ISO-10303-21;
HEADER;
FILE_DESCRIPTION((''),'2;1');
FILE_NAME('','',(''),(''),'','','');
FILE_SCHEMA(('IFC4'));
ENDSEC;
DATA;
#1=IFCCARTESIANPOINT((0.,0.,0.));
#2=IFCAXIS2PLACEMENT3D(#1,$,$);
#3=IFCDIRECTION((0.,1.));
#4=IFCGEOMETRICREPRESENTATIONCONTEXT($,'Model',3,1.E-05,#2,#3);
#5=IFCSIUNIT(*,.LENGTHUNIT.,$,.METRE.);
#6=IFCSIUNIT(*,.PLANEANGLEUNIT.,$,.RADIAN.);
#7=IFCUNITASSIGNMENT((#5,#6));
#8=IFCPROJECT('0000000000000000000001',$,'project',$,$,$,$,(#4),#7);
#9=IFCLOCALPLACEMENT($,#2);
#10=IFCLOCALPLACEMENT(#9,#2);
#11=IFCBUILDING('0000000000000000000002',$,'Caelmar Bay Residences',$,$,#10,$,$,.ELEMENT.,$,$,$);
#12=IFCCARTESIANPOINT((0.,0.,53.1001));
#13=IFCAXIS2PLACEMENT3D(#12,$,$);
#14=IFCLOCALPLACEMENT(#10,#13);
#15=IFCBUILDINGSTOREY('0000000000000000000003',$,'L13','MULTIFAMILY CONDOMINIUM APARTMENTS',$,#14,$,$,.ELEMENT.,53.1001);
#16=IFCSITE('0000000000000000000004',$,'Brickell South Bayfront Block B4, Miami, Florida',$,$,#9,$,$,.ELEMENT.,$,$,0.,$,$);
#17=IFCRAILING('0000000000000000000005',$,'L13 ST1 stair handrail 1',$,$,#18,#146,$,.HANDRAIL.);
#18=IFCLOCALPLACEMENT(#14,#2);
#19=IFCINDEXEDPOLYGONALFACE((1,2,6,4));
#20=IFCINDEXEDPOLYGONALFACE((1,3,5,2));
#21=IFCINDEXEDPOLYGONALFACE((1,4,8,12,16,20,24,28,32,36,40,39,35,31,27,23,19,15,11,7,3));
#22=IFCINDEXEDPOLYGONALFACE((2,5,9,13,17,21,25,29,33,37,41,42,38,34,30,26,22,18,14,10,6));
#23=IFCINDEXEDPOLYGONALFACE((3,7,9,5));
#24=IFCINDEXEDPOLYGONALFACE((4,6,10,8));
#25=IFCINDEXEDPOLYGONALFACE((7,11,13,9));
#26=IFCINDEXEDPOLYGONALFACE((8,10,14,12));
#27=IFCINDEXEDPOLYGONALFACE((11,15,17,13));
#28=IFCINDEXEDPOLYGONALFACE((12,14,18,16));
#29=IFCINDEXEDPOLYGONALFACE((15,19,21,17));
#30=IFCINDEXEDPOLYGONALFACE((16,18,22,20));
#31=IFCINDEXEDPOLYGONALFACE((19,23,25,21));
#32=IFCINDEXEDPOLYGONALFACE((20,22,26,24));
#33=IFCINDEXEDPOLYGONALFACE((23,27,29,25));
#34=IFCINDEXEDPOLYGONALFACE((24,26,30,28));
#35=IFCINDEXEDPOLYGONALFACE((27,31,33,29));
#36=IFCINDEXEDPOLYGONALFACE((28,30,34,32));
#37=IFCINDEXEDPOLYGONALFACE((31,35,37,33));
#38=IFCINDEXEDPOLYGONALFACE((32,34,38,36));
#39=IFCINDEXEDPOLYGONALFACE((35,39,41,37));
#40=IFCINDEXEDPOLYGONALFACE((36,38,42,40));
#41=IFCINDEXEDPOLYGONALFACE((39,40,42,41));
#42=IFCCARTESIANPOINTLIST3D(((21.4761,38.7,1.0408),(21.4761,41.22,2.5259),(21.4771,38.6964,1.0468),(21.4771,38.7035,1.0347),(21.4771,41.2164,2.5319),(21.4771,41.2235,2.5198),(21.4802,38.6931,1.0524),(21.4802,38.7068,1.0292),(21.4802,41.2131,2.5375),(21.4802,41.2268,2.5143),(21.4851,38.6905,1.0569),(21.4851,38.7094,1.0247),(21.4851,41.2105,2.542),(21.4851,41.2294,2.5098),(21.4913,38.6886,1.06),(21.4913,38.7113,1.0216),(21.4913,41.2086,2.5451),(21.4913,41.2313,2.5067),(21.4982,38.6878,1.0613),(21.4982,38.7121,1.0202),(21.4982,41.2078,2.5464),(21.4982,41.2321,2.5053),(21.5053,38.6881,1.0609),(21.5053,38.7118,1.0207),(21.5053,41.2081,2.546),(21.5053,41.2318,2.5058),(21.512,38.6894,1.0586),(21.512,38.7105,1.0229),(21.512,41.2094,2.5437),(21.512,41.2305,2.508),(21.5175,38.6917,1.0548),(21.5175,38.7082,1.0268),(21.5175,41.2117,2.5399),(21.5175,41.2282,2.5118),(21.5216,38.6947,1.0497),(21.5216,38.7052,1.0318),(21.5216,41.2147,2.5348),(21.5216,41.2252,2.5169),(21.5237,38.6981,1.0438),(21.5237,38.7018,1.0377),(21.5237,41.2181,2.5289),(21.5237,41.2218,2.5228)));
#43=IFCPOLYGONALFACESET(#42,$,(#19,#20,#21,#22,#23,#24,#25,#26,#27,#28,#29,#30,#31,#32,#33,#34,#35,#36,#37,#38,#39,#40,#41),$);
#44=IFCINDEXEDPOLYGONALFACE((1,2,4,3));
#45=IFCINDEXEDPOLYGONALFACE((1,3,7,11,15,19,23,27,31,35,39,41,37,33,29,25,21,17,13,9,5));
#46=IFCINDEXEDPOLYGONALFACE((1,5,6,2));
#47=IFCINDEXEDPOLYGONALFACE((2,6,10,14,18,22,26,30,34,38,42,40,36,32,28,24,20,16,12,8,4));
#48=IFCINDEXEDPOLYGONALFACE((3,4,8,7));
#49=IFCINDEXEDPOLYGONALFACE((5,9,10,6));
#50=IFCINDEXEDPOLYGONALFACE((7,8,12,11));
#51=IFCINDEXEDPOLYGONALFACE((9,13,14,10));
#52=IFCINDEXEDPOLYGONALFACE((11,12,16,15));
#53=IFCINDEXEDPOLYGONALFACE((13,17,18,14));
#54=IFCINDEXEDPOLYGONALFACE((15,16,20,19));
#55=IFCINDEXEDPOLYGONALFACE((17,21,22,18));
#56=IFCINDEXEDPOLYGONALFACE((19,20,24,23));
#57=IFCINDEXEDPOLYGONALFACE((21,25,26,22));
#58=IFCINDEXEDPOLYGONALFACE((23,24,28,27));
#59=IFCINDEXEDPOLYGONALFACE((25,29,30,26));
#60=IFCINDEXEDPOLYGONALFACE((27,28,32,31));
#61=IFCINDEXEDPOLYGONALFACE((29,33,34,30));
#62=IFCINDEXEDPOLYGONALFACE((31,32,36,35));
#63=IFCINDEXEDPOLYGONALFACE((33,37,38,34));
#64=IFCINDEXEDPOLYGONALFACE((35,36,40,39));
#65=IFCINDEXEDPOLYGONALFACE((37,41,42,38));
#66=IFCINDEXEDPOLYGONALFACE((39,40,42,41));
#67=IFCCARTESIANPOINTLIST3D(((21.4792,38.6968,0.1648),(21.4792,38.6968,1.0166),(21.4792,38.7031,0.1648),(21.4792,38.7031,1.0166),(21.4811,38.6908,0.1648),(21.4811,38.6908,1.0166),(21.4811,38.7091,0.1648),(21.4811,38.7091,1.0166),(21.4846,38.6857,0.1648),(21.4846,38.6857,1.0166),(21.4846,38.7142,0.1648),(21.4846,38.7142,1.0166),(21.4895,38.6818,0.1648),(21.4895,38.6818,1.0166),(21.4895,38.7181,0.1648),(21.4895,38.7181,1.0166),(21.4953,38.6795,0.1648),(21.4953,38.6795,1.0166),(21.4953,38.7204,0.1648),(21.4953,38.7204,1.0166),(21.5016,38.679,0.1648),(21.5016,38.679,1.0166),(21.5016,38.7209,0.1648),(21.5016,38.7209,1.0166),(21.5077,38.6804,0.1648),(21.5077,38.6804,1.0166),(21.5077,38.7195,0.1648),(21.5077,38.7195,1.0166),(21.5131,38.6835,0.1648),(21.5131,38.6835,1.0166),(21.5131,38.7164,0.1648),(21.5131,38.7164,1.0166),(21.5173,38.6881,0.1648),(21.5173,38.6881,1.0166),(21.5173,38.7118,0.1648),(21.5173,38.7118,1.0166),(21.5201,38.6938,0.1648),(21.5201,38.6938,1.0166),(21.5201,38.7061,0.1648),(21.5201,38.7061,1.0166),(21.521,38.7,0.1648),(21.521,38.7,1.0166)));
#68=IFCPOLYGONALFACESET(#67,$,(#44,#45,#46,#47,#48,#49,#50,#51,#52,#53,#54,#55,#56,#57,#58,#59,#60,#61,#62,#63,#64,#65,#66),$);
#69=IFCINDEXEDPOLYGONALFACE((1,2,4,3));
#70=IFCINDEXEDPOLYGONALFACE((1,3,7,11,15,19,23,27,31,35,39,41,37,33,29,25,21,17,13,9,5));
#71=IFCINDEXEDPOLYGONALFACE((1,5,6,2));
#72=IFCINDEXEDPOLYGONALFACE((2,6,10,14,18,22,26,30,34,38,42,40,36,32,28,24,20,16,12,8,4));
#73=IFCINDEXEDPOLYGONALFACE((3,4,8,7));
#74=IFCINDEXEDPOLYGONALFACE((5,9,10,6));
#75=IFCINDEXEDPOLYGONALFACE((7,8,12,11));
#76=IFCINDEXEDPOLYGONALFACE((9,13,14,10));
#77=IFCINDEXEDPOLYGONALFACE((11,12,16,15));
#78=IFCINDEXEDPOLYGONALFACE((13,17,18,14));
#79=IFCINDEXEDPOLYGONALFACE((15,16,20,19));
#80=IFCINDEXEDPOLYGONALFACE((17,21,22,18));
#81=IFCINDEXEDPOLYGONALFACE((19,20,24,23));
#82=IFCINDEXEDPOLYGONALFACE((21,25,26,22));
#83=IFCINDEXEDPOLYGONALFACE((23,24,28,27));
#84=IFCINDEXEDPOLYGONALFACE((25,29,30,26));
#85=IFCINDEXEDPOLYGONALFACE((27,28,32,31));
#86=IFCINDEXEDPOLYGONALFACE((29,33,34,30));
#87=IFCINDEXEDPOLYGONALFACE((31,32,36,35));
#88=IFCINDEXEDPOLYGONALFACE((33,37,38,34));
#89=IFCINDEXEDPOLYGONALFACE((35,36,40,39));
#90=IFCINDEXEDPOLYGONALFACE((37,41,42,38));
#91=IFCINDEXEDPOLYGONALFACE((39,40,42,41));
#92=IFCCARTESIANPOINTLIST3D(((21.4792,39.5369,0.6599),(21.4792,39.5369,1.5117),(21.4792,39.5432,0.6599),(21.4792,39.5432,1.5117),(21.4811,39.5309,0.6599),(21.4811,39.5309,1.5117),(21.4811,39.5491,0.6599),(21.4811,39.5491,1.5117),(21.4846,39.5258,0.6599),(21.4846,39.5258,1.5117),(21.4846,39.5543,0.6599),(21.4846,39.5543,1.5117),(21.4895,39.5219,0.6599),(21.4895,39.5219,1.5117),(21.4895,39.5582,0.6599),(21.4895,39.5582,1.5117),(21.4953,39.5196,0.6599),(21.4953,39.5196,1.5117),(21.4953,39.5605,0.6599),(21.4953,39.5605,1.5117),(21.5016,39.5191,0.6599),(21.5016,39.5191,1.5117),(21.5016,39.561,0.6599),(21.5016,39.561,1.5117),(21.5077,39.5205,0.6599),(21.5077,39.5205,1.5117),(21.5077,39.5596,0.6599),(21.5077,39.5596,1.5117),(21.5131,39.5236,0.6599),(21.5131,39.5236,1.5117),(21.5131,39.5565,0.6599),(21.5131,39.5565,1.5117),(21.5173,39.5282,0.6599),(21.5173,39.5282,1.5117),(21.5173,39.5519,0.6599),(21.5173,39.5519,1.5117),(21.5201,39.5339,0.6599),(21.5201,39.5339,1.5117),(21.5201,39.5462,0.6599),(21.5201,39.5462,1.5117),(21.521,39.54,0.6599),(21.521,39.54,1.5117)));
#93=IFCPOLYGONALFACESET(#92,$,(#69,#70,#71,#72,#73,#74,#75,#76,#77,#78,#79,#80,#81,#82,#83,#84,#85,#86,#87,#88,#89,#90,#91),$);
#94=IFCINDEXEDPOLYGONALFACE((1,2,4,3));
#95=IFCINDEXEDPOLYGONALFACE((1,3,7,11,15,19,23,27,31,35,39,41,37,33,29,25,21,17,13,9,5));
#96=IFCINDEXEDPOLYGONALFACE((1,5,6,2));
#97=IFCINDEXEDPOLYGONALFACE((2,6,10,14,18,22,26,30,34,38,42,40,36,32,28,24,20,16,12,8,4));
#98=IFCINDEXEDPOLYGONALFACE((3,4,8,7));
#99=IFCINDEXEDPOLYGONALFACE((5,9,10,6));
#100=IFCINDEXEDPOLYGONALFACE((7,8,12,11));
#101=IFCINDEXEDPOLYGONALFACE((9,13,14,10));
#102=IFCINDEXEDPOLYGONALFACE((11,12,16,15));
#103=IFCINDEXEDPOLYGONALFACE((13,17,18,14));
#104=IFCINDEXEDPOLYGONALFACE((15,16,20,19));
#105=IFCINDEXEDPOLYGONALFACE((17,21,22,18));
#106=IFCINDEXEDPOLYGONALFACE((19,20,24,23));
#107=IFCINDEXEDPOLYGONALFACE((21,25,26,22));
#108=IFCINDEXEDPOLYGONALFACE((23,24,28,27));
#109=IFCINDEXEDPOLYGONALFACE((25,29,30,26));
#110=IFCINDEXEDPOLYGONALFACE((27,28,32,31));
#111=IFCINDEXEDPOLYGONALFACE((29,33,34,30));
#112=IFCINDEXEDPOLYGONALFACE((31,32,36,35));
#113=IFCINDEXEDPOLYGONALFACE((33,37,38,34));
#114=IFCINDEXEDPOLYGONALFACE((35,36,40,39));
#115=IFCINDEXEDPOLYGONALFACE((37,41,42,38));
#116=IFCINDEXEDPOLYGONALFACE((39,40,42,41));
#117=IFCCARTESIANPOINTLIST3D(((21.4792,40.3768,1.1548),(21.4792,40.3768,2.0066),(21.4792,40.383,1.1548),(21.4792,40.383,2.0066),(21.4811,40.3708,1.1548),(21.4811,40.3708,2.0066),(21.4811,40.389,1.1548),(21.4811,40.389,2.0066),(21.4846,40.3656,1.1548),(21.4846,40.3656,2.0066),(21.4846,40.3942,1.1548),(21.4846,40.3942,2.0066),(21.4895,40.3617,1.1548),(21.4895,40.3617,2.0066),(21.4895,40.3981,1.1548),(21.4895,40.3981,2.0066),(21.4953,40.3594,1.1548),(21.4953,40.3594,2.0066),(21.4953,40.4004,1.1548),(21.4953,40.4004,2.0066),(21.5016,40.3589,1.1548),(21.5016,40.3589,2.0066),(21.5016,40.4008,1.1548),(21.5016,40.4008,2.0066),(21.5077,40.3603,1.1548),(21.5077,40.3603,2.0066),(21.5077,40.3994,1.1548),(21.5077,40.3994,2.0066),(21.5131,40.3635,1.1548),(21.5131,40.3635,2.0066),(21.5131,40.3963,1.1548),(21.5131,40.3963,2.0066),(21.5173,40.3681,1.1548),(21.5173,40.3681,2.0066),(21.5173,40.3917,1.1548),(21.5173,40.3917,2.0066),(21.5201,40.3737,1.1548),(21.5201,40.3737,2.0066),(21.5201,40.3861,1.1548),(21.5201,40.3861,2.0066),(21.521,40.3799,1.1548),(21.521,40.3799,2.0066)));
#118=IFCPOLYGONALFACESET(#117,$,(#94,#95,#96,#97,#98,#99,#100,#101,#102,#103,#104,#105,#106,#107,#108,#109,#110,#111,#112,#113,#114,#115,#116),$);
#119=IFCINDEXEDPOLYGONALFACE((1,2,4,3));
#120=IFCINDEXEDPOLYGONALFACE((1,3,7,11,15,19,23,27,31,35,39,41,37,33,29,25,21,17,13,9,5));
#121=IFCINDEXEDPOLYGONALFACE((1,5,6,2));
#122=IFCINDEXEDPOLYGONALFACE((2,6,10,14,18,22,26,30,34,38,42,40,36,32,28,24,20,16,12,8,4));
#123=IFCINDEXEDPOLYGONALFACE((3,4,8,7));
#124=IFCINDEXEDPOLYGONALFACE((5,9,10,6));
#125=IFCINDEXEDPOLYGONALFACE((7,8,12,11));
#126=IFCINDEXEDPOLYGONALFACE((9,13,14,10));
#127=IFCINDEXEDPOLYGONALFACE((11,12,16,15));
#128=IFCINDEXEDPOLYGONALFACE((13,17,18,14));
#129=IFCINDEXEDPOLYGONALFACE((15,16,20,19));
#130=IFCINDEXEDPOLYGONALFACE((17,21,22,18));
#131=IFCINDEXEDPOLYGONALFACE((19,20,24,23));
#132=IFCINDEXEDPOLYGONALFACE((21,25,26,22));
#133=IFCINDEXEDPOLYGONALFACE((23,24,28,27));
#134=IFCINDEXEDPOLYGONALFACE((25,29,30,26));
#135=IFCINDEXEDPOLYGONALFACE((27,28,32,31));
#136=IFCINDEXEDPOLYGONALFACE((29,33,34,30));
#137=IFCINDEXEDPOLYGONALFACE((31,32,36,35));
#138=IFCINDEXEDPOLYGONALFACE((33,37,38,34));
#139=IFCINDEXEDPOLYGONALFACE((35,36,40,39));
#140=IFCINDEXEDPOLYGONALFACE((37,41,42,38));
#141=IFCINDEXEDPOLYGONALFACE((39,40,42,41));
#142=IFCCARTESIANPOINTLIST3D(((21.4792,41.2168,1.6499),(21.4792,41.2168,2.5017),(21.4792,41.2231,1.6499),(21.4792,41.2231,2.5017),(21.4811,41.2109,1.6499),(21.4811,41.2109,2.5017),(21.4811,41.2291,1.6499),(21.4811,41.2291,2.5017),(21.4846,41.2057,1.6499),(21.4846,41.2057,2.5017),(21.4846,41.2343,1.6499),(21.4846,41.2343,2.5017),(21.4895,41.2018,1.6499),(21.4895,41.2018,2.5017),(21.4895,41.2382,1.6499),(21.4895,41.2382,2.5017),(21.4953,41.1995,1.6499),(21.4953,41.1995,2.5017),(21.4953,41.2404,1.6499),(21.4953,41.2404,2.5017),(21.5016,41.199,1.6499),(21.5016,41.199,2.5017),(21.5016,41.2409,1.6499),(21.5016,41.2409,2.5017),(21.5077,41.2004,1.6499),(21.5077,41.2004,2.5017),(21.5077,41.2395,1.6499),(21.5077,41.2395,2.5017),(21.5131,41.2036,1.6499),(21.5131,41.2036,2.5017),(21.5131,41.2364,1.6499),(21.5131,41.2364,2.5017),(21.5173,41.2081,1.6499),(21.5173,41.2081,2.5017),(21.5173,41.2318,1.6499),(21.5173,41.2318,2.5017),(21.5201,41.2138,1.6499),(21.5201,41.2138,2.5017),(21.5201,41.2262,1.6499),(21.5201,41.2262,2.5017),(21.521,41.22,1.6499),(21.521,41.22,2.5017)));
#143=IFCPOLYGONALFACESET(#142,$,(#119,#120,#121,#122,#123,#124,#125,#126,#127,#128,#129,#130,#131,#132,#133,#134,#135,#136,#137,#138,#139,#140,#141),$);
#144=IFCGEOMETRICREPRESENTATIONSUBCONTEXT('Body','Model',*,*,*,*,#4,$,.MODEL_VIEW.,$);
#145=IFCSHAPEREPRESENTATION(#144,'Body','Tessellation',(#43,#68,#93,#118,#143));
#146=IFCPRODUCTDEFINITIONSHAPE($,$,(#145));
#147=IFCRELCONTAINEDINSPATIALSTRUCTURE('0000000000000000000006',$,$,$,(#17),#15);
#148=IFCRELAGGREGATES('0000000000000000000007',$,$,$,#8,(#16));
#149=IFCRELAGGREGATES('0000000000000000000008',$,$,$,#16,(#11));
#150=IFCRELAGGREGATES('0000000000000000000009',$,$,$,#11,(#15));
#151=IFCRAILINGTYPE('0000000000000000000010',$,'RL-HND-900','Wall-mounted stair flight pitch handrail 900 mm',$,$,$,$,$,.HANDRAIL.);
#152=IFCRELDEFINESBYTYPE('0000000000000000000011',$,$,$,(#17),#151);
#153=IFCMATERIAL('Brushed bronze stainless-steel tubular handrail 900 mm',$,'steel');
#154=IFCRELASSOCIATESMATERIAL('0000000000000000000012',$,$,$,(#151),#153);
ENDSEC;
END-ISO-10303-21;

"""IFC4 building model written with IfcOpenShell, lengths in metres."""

from ifc_helpers import new_model, si_unit, direction, frame, origin, origin_2d, place, context, subcontext, project, spatial, circle, extrude, material, type_object, element, save


model = new_model("IFC4")

# Units and contexts
model_context = context("Model", 3, precision=1e-05, world=origin(), true_north=direction((0.0, 1.0)))
body_context = subcontext(model_context, "Body", "Model", "MODEL_VIEW")
ifc_project = project(units=[si_unit("LENGTHUNIT", "METRE"), si_unit("PLANEANGLEUNIT", "RADIAN")], contexts=[model_context])

# Site, building, storey
site_placement = place(None, origin())
site = spatial("IfcSite", under=ifc_project, at=site_placement, Name="Brickell South Bayfront Block B4, Miami, Florida", CompositionType="ELEMENT", RefElevation=0.0)
building_placement = place(site_placement, origin())
building = spatial("IfcBuilding", under=site, at=building_placement, Name="Caelmar Bay Residences", CompositionType="ELEMENT")
storey_placement = place(building_placement, frame((0.0, 0.0, 53.1001)))
storey = spatial("IfcBuildingStorey", under=building, at=storey_placement, Name="L13", Description="MULTIFAMILY CONDOMINIUM APARTMENTS", CompositionType="ELEMENT", Elevation=53.1001)

# Railing
ifc_material_1 = material(Name="Brushed bronze stainless-steel tubular handrail 900 mm", Category="steel")
railing_type_1 = type_object("IfcRailingType", Name="RL-HND-900", Description="Wall-mounted stair flight pitch handrail 900 mm", PredefinedType="HANDRAIL", material=ifc_material_1)
railing_1_placement = place(storey_placement, frame((21.5, 38.7, 0.1648)))
element("IfcRailing", 1, at=railing_1_placement, inside=storey, type_object=railing_type_1, Name="L13 ST1 stair handrail 1", PredefinedType="HANDRAIL", context=body_context, shape_type="SweptSolid", body=[
    extrude(circle(Radius=0.0239, at=origin_2d()), frame((0.0, 0.0, 0.876), z_axis=(0.0, 0.861524, 0.507717), x_axis=(-1.0, 0.0, 0.0)), (0.0, 0.0, 1.0), 2.925),
    extrude(circle(Radius=0.021, at=origin_2d()), origin(), (0.0, 0.0, 1.0), 0.8518),
    extrude(circle(Radius=0.021, at=origin_2d()), frame((0.0, 0.8401, 0.4951)), (0.0, 0.0, 1.0), 0.8518),
    extrude(circle(Radius=0.021, at=origin_2d()), frame((0.0, 1.6799, 0.99)), (0.0, 0.0, 1.0), 0.8518),
    extrude(circle(Radius=0.021, at=origin_2d()), frame((0.0, 2.52, 1.4851)), (0.0, 0.0, 1.0), 0.8518),
])

save(model, "model.ifc")
